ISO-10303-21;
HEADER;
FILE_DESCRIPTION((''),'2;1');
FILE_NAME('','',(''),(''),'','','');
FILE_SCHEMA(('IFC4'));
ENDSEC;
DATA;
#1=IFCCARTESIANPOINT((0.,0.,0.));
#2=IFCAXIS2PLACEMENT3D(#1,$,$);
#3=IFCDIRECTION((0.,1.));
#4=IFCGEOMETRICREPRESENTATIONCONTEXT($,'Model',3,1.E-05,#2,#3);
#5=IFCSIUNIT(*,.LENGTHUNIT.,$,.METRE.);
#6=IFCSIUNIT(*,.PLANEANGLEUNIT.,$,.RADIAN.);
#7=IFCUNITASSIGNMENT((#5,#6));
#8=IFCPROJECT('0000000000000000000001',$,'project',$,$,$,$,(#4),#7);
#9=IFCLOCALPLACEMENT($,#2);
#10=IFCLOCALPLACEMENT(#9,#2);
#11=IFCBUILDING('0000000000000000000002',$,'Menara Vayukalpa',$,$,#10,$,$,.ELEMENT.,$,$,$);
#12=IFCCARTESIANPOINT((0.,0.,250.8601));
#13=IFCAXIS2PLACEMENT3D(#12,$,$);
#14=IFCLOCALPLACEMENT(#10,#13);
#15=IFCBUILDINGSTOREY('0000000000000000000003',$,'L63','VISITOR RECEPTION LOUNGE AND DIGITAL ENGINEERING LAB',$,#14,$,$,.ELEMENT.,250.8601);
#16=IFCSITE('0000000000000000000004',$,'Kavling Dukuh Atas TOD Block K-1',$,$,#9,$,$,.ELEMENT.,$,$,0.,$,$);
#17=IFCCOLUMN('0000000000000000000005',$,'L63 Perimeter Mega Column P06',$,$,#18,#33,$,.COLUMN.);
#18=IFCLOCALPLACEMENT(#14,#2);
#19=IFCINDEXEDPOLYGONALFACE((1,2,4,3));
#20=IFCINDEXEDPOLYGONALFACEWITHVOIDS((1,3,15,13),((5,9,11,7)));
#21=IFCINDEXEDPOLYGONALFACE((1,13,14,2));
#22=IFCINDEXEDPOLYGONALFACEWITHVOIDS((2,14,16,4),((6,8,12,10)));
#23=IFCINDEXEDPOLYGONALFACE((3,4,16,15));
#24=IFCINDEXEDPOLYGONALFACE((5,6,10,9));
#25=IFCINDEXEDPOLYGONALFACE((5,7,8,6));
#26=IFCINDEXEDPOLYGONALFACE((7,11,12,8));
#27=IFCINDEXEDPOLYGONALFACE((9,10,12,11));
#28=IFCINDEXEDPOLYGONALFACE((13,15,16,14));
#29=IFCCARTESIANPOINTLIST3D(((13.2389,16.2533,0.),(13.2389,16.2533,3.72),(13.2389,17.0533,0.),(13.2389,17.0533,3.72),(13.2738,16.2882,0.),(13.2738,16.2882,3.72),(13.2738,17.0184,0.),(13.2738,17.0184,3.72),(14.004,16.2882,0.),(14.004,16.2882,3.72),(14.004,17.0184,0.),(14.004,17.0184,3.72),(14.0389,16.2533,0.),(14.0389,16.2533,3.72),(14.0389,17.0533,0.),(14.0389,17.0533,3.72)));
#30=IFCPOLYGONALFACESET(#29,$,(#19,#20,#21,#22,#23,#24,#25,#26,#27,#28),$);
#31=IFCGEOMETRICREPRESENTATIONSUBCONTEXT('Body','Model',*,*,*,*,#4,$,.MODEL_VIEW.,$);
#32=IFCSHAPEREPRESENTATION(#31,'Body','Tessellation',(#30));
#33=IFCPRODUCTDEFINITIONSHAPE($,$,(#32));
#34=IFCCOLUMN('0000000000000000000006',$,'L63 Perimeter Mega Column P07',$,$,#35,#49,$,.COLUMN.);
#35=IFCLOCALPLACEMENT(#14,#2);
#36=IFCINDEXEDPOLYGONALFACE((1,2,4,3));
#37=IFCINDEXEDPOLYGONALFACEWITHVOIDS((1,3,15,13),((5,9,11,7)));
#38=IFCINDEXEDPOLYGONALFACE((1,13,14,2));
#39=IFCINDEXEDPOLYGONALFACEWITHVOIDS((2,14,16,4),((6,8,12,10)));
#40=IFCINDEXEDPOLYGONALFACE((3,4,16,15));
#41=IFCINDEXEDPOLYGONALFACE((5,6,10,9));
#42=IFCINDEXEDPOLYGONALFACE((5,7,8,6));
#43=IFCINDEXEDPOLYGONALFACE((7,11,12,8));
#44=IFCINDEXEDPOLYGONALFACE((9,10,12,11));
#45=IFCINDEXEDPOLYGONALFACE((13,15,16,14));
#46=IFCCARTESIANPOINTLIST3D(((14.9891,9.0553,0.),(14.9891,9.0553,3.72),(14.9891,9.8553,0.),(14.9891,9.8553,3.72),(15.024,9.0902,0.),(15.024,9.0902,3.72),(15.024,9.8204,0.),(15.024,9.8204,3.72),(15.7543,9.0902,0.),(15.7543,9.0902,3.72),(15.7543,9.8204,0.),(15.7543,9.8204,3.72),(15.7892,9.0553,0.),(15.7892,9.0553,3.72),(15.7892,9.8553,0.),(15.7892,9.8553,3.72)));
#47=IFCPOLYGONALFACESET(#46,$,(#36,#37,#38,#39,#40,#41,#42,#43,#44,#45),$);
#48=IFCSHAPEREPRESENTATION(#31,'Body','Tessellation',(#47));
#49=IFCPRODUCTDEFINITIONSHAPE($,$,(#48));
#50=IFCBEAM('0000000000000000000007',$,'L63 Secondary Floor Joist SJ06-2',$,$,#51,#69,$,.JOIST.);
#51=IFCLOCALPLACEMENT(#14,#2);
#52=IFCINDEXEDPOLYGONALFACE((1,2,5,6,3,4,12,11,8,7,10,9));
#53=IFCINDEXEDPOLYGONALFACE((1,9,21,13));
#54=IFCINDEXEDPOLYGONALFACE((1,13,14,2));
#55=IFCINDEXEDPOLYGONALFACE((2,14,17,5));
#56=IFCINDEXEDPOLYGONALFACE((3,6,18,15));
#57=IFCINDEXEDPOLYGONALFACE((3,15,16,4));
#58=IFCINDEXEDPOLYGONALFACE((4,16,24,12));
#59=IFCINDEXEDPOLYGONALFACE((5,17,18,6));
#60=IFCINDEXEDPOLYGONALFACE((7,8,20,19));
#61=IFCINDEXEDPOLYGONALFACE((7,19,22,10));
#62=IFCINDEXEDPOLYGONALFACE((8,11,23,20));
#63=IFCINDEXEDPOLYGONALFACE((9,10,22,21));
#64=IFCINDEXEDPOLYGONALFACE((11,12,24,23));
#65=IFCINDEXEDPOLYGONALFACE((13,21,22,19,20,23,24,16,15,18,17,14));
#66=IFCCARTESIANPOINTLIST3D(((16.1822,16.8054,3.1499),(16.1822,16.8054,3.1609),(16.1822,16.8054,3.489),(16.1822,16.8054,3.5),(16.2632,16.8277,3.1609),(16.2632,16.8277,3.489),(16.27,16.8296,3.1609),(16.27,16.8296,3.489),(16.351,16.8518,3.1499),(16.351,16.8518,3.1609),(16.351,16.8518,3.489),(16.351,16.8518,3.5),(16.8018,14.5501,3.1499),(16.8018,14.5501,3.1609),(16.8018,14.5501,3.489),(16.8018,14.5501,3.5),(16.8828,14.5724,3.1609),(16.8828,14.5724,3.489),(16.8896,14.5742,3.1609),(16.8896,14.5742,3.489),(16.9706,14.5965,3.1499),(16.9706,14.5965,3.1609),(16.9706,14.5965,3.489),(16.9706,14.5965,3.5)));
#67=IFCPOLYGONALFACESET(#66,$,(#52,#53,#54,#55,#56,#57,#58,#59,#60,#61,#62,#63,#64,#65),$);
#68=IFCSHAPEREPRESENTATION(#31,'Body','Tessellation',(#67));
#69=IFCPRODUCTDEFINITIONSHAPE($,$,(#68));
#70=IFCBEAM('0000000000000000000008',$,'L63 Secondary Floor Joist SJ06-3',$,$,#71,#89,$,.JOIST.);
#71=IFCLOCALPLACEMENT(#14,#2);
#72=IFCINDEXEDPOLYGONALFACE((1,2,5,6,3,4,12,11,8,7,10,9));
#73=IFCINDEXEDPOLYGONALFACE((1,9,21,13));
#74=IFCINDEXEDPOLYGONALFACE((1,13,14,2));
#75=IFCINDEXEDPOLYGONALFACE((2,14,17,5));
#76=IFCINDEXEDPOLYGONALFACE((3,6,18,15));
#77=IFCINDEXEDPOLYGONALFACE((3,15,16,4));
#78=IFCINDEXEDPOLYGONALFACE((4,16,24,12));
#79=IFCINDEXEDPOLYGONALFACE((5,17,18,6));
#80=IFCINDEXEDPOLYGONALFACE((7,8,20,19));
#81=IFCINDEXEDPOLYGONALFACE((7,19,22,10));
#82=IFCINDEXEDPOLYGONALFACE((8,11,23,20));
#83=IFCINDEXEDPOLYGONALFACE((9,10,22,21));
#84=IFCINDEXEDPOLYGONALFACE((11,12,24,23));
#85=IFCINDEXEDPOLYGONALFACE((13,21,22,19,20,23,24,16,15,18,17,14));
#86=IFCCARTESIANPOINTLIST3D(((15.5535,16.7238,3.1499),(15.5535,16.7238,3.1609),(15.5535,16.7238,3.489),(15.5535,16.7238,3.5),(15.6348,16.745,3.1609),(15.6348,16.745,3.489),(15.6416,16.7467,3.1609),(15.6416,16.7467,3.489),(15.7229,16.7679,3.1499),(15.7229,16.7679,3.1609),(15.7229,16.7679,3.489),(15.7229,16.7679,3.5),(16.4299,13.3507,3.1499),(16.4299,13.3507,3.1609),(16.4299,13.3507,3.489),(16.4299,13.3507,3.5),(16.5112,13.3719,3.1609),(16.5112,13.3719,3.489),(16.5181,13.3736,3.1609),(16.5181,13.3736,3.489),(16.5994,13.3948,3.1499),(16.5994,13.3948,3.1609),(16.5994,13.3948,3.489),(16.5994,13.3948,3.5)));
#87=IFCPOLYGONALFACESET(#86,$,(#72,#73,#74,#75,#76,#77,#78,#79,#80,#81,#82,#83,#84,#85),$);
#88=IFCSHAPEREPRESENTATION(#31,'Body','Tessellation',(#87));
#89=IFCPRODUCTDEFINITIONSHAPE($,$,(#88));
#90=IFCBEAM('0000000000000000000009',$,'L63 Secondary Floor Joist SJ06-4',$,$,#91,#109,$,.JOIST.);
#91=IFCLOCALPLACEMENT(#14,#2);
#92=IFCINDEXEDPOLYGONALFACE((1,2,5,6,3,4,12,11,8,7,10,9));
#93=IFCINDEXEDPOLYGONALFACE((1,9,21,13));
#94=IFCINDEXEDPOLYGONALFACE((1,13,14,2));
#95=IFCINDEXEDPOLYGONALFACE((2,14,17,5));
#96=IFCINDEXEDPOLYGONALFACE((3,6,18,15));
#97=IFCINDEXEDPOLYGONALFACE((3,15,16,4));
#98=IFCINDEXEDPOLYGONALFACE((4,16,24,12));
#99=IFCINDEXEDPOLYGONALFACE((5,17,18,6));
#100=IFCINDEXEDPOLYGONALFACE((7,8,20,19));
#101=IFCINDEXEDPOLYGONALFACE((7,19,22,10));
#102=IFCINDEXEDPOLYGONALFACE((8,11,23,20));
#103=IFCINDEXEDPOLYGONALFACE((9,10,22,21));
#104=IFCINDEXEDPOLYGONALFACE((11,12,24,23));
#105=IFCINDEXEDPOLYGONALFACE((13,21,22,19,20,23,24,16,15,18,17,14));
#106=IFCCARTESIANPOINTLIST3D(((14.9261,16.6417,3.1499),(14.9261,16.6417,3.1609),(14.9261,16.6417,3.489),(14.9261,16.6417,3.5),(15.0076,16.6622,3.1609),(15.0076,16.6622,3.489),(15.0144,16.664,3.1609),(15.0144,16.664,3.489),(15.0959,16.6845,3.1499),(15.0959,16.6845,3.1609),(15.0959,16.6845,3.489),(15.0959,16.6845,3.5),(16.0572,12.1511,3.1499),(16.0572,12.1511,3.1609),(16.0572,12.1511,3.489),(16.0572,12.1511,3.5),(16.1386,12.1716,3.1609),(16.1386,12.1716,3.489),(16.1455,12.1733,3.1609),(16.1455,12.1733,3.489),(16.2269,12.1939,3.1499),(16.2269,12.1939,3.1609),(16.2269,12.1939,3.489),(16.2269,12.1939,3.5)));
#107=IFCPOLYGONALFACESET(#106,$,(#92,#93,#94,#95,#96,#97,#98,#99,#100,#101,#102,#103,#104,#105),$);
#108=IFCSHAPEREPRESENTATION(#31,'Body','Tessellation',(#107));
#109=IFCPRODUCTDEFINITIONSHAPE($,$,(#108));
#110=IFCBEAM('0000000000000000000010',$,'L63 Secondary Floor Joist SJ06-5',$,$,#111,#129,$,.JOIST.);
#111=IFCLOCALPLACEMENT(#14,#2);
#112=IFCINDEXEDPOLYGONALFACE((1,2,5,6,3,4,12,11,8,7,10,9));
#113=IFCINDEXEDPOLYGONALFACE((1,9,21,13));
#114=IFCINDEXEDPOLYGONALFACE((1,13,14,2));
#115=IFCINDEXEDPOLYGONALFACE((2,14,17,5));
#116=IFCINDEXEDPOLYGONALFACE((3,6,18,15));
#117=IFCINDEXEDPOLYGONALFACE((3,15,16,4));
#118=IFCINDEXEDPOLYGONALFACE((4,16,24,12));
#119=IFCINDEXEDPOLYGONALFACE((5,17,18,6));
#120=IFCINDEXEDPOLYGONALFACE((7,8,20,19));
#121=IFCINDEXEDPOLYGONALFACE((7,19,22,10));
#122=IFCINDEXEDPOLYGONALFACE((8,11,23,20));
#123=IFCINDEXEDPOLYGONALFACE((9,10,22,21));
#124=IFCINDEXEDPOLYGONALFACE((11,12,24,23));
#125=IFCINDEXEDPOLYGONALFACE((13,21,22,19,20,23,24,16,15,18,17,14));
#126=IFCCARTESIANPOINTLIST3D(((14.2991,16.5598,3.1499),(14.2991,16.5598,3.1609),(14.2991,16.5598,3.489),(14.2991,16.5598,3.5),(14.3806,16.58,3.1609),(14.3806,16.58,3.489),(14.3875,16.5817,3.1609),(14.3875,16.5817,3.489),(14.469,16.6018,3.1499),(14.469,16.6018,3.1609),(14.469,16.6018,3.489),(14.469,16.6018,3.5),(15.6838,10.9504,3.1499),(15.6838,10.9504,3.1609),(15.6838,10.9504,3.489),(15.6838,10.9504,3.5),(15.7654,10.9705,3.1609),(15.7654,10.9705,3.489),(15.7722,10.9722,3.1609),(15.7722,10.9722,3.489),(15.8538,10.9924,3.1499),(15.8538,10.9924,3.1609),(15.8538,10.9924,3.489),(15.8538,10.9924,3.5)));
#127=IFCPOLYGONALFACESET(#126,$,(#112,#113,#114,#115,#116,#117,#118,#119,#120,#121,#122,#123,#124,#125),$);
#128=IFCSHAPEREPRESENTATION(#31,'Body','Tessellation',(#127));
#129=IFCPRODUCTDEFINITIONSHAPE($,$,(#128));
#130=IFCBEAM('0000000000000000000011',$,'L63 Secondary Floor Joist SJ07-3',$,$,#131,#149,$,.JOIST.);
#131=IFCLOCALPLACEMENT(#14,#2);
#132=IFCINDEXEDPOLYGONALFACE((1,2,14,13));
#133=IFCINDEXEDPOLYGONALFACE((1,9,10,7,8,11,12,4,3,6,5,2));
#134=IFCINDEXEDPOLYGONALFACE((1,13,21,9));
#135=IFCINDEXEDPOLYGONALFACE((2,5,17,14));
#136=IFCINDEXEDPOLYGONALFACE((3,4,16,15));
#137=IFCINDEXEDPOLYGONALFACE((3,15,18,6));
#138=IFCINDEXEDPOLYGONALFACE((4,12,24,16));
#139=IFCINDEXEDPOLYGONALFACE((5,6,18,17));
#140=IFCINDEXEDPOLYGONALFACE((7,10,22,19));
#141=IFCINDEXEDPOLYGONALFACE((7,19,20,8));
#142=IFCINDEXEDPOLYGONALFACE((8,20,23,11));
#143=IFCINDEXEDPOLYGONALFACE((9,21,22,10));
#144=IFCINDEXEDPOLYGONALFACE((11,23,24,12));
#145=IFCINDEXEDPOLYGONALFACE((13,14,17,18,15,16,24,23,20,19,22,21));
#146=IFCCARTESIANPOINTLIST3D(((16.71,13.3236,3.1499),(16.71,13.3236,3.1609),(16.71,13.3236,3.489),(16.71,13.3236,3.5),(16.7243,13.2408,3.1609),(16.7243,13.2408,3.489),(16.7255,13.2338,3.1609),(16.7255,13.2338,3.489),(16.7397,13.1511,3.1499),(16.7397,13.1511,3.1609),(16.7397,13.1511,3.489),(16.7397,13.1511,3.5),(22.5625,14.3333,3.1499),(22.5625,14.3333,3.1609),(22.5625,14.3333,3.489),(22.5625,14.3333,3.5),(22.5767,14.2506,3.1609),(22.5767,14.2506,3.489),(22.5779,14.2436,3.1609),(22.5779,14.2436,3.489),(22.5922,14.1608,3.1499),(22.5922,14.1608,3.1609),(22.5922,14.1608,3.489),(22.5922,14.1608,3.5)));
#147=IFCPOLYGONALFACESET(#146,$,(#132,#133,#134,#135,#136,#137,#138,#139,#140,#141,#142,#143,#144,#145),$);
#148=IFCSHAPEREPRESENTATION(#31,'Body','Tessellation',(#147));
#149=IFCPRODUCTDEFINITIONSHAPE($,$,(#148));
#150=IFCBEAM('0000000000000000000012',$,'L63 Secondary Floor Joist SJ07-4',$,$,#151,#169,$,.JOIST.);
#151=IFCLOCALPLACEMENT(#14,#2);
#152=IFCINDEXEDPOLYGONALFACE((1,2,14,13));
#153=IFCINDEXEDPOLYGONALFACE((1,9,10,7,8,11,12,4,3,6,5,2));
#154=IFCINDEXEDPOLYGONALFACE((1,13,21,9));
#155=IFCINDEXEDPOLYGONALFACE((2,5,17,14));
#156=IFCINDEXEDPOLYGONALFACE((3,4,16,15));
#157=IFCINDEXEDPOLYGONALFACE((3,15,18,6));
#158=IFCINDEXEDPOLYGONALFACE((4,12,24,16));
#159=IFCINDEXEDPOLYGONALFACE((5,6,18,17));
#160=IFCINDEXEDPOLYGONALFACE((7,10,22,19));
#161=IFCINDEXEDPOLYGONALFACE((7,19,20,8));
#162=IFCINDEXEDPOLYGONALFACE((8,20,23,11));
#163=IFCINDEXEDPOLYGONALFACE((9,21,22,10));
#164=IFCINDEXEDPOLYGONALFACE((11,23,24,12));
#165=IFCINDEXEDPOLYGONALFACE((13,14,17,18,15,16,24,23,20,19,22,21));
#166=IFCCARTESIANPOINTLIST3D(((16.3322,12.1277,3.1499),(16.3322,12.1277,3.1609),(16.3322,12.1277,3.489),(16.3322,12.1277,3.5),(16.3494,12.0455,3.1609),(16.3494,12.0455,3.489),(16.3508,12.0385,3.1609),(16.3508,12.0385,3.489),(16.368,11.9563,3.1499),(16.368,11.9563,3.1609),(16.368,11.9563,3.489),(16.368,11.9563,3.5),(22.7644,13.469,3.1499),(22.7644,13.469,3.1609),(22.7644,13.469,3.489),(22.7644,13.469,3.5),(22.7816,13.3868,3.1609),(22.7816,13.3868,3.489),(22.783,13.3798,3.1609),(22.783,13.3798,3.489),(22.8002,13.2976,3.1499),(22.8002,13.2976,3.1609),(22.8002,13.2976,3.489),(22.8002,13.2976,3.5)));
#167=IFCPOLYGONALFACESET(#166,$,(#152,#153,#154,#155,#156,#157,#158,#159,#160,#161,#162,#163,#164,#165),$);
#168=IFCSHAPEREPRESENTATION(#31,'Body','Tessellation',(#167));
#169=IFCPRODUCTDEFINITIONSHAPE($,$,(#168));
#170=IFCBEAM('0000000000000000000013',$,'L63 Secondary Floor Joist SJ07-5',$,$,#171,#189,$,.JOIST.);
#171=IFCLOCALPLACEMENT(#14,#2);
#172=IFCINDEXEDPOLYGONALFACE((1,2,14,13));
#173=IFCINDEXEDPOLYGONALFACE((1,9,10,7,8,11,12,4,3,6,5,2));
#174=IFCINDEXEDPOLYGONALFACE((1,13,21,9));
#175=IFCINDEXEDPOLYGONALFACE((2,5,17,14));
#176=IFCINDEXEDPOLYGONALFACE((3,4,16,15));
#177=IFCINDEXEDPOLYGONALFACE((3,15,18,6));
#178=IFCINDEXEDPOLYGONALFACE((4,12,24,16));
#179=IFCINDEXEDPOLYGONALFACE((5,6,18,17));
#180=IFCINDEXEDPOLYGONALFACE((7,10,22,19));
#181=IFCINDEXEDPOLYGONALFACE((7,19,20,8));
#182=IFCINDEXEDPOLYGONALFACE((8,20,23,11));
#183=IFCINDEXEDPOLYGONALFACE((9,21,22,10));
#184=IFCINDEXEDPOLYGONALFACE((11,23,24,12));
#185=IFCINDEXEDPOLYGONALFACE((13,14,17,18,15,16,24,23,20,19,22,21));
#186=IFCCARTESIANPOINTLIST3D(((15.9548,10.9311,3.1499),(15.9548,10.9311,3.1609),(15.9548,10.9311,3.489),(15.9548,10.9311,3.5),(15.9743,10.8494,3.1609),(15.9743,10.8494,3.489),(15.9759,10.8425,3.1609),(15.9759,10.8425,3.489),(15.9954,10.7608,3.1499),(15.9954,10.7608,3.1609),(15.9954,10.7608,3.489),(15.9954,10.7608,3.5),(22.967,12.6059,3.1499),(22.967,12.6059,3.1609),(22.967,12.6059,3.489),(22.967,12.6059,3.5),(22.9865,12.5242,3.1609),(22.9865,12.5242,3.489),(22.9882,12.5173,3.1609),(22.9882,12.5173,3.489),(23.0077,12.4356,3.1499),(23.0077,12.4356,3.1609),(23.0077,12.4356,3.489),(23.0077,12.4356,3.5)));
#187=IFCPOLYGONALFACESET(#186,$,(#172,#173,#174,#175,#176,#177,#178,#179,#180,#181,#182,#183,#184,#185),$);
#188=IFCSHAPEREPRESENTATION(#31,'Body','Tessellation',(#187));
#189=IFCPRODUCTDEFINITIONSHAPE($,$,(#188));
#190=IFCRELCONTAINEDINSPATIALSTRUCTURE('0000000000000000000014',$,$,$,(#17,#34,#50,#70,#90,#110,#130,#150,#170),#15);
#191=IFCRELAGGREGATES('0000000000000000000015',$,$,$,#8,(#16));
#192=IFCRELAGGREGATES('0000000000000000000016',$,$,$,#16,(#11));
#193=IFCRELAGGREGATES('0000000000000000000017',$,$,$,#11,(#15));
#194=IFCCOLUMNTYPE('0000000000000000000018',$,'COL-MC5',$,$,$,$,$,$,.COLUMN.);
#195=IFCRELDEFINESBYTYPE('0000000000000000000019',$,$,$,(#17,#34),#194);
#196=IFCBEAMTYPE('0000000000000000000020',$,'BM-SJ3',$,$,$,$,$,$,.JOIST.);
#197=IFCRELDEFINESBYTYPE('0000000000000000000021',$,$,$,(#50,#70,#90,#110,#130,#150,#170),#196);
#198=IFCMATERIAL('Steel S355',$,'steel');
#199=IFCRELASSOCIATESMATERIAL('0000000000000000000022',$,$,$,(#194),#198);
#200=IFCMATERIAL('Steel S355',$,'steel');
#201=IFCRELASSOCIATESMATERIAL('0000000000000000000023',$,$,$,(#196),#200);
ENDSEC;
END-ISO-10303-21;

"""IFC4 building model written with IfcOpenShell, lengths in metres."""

from ifc_helpers import new_model, si_unit, direction, frame, origin, origin_2d, place, context, subcontext, project, spatial, hollow_rectangle, i_section, extrude, material, material_profile, profile_set, type_object, element, save


model = new_model("IFC4")

# Units and contexts
model_context = context("Model", 3, precision=1e-05, world=origin(), true_north=direction((0.0, 1.0)))
body_context = subcontext(model_context, "Body", "Model", "MODEL_VIEW")
ifc_project = project(units=[si_unit("LENGTHUNIT", "METRE"), si_unit("PLANEANGLEUNIT", "RADIAN")], contexts=[model_context])

# Site, building, storey
site_placement = place(None, origin())
site = spatial("IfcSite", under=ifc_project, at=site_placement, Name="Kavling Dukuh Atas TOD Block K-1", CompositionType="ELEMENT", RefElevation=0.0)
building_placement = place(site_placement, origin())
building = spatial("IfcBuilding", under=site, at=building_placement, Name="Menara Vayukalpa", CompositionType="ELEMENT")
storey_placement = place(building_placement, frame((0.0, 0.0, 250.8601)))
storey = spatial("IfcBuildingStorey", under=building, at=storey_placement, Name="L63", Description="VISITOR RECEPTION LOUNGE AND DIGITAL ENGINEERING LAB", CompositionType="ELEMENT", Elevation=250.8601)

# Columns
ifc_material_1 = material(Name="Steel S355", Category="steel")
ifc_material_profile_1 = material_profile(ifc_material_1, hollow_rectangle(XDim=0.8, YDim=0.8, WallThickness=0.0349, at=origin_2d()), Name="BOX 800x800x35")
ifc_profile_set_1 = profile_set([ifc_material_profile_1], Name="Steel S355")
column_type = type_object("IfcColumnType", Name="COL-MC5", PredefinedType="COLUMN", material=ifc_profile_set_1)
for number, where, z_axis, x_axis, name in (
    (1, (13.6389, 16.6533, 0.0), (0.0, 0.0, 1.0), (1.0, 0.0, 0.0), "L63 Perimeter Mega Column P06"),
    (2, (15.3892, 9.4553, 0.0), (0.0, 0.0, 1.0), (1.0, 0.0, 0.0), "L63 Perimeter Mega Column P07"),
):
    element("IfcColumn", number, at=place(storey_placement, frame(where, z_axis=z_axis, x_axis=x_axis)), inside=storey, type_object=column_type, Name=name, PredefinedType="COLUMN", context=body_context, shape_type="SweptSolid", body=[
        extrude(hollow_rectangle(XDim=0.8, YDim=0.8, WallThickness=0.0349, at=origin_2d()), origin(), (0.0, 0.0, 1.0), 3.72),
    ])

# Beams
ifc_material_2 = material(Name="Steel S355", Category="steel")
ifc_material_profile_2 = material_profile(ifc_material_2, i_section(OverallWidth=0.175, OverallDepth=0.3501, WebThickness=0.0071, FlangeThickness=0.011, at=origin_2d()), Name="WF 350x175x7x11")
ifc_profile_set_2 = profile_set([ifc_material_profile_2], Name="Steel S355")
beam_type_1 = type_object("IfcBeamType", Name="BM-SJ3", PredefinedType="JOIST", material=ifc_profile_set_2)
beam_1_placement = place(storey_placement, frame((16.2666, 16.8286, 3.325), z_axis=(0.264919, -0.964271, 0.0), x_axis=(0.964271, 0.264919, 0.0)))
element("IfcBeam", 3, at=beam_1_placement, inside=storey, type_object=beam_type_1, Name="L63 Secondary Floor Joist SJ06-2", PredefinedType="JOIST", context=body_context, shape_type="SweptSolid", body=[
    extrude(i_section(OverallWidth=0.175, OverallDepth=0.3501, WebThickness=0.0071, FlangeThickness=0.011, at=origin_2d()), origin(), (0.0, 0.0, 1.0), 2.3389),
])
beam_2_placement = place(storey_placement, frame((15.6382, 16.7458, 3.325), z_axis=(0.251492, -0.967859, 0.0), x_axis=(0.967859, 0.251492, 0.0)))
element("IfcBeam", 4, at=beam_2_placement, inside=storey, type_object=beam_type_1, Name="L63 Secondary Floor Joist SJ06-3", PredefinedType="JOIST", context=body_context, shape_type="SweptSolid", body=[
    extrude(i_section(OverallWidth=0.175, OverallDepth=0.3501, WebThickness=0.0071, FlangeThickness=0.011, at=origin_2d()), origin(), (0.0, 0.0, 1.0), 3.4851),
])
beam_3_placement = place(storey_placement, frame((15.011, 16.6631, 3.325), z_axis=(0.244247, -0.969713, 0.0), x_axis=(0.969713, 0.244247, 0.0)))
element("IfcBeam", 5, at=beam_3_placement, inside=storey, type_object=beam_type_1, Name="L63 Secondary Floor Joist SJ06-4", PredefinedType="JOIST", context=body_context, shape_type="SweptSolid", body=[
    extrude(i_section(OverallWidth=0.175, OverallDepth=0.3501, WebThickness=0.0071, FlangeThickness=0.011, at=origin_2d()), origin(), (0.0, 0.0, 1.0), 4.6309),
])
beam_4_placement = place(storey_placement, frame((14.384, 16.5808, 3.325), z_axis=(0.239671, -0.970854, 0.0), x_axis=(0.970854, 0.239671, 0.0)))
element("IfcBeam", 6, at=beam_4_placement, inside=storey, type_object=beam_type_1, Name="L63 Secondary Floor Joist SJ06-5", PredefinedType="JOIST", context=body_context, shape_type="SweptSolid", body=[
    extrude(i_section(OverallWidth=0.175, OverallDepth=0.3501, WebThickness=0.0071, FlangeThickness=0.011, at=origin_2d()), origin(), (0.0, 0.0, 1.0), 5.7778),
])
beam_5_placement = place(storey_placement, frame((16.7249, 13.2373, 3.325), z_axis=(0.98544, 0.170023, 0.0), x_axis=(-0.170023, 0.98544, 0.0)))
element("IfcBeam", 7, at=beam_5_placement, inside=storey, type_object=beam_type_1, Name="L63 Secondary Floor Joist SJ07-3", PredefinedType="JOIST", context=body_context, shape_type="SweptSolid", body=[
    extrude(i_section(OverallWidth=0.175, OverallDepth=0.3501, WebThickness=0.0071, FlangeThickness=0.011, at=origin_2d()), origin(), (0.0, 0.0, 1.0), 5.939),
])
beam_6_placement = place(storey_placement, frame((16.3501, 12.042, 3.325), z_axis=(0.978941, 0.204141, 0.0), x_axis=(-0.204141, 0.978941, 0.0)))
element("IfcBeam", 8, at=beam_6_placement, inside=storey, type_object=beam_type_1, Name="L63 Secondary Floor Joist SJ07-4", PredefinedType="JOIST", context=body_context, shape_type="SweptSolid", body=[
    extrude(i_section(OverallWidth=0.175, OverallDepth=0.3501, WebThickness=0.0071, FlangeThickness=0.011, at=origin_2d()), origin(), (0.0, 0.0, 1.0), 6.5706),
])
beam_7_placement = place(storey_placement, frame((15.9751, 10.8459, 3.325), z_axis=(0.972642, 0.232307, 0.0), x_axis=(-0.232307, 0.972642, 0.0)))
element("IfcBeam", 9, at=beam_7_placement, inside=storey, type_object=beam_type_1, Name="L63 Secondary Floor Joist SJ07-5", PredefinedType="JOIST", context=body_context, shape_type="SweptSolid", body=[
    extrude(i_section(OverallWidth=0.175, OverallDepth=0.3501, WebThickness=0.0071, FlangeThickness=0.011, at=origin_2d()), origin(), (0.0, 0.0, 1.0), 7.2095),
])

save(model, "model.ifc")
